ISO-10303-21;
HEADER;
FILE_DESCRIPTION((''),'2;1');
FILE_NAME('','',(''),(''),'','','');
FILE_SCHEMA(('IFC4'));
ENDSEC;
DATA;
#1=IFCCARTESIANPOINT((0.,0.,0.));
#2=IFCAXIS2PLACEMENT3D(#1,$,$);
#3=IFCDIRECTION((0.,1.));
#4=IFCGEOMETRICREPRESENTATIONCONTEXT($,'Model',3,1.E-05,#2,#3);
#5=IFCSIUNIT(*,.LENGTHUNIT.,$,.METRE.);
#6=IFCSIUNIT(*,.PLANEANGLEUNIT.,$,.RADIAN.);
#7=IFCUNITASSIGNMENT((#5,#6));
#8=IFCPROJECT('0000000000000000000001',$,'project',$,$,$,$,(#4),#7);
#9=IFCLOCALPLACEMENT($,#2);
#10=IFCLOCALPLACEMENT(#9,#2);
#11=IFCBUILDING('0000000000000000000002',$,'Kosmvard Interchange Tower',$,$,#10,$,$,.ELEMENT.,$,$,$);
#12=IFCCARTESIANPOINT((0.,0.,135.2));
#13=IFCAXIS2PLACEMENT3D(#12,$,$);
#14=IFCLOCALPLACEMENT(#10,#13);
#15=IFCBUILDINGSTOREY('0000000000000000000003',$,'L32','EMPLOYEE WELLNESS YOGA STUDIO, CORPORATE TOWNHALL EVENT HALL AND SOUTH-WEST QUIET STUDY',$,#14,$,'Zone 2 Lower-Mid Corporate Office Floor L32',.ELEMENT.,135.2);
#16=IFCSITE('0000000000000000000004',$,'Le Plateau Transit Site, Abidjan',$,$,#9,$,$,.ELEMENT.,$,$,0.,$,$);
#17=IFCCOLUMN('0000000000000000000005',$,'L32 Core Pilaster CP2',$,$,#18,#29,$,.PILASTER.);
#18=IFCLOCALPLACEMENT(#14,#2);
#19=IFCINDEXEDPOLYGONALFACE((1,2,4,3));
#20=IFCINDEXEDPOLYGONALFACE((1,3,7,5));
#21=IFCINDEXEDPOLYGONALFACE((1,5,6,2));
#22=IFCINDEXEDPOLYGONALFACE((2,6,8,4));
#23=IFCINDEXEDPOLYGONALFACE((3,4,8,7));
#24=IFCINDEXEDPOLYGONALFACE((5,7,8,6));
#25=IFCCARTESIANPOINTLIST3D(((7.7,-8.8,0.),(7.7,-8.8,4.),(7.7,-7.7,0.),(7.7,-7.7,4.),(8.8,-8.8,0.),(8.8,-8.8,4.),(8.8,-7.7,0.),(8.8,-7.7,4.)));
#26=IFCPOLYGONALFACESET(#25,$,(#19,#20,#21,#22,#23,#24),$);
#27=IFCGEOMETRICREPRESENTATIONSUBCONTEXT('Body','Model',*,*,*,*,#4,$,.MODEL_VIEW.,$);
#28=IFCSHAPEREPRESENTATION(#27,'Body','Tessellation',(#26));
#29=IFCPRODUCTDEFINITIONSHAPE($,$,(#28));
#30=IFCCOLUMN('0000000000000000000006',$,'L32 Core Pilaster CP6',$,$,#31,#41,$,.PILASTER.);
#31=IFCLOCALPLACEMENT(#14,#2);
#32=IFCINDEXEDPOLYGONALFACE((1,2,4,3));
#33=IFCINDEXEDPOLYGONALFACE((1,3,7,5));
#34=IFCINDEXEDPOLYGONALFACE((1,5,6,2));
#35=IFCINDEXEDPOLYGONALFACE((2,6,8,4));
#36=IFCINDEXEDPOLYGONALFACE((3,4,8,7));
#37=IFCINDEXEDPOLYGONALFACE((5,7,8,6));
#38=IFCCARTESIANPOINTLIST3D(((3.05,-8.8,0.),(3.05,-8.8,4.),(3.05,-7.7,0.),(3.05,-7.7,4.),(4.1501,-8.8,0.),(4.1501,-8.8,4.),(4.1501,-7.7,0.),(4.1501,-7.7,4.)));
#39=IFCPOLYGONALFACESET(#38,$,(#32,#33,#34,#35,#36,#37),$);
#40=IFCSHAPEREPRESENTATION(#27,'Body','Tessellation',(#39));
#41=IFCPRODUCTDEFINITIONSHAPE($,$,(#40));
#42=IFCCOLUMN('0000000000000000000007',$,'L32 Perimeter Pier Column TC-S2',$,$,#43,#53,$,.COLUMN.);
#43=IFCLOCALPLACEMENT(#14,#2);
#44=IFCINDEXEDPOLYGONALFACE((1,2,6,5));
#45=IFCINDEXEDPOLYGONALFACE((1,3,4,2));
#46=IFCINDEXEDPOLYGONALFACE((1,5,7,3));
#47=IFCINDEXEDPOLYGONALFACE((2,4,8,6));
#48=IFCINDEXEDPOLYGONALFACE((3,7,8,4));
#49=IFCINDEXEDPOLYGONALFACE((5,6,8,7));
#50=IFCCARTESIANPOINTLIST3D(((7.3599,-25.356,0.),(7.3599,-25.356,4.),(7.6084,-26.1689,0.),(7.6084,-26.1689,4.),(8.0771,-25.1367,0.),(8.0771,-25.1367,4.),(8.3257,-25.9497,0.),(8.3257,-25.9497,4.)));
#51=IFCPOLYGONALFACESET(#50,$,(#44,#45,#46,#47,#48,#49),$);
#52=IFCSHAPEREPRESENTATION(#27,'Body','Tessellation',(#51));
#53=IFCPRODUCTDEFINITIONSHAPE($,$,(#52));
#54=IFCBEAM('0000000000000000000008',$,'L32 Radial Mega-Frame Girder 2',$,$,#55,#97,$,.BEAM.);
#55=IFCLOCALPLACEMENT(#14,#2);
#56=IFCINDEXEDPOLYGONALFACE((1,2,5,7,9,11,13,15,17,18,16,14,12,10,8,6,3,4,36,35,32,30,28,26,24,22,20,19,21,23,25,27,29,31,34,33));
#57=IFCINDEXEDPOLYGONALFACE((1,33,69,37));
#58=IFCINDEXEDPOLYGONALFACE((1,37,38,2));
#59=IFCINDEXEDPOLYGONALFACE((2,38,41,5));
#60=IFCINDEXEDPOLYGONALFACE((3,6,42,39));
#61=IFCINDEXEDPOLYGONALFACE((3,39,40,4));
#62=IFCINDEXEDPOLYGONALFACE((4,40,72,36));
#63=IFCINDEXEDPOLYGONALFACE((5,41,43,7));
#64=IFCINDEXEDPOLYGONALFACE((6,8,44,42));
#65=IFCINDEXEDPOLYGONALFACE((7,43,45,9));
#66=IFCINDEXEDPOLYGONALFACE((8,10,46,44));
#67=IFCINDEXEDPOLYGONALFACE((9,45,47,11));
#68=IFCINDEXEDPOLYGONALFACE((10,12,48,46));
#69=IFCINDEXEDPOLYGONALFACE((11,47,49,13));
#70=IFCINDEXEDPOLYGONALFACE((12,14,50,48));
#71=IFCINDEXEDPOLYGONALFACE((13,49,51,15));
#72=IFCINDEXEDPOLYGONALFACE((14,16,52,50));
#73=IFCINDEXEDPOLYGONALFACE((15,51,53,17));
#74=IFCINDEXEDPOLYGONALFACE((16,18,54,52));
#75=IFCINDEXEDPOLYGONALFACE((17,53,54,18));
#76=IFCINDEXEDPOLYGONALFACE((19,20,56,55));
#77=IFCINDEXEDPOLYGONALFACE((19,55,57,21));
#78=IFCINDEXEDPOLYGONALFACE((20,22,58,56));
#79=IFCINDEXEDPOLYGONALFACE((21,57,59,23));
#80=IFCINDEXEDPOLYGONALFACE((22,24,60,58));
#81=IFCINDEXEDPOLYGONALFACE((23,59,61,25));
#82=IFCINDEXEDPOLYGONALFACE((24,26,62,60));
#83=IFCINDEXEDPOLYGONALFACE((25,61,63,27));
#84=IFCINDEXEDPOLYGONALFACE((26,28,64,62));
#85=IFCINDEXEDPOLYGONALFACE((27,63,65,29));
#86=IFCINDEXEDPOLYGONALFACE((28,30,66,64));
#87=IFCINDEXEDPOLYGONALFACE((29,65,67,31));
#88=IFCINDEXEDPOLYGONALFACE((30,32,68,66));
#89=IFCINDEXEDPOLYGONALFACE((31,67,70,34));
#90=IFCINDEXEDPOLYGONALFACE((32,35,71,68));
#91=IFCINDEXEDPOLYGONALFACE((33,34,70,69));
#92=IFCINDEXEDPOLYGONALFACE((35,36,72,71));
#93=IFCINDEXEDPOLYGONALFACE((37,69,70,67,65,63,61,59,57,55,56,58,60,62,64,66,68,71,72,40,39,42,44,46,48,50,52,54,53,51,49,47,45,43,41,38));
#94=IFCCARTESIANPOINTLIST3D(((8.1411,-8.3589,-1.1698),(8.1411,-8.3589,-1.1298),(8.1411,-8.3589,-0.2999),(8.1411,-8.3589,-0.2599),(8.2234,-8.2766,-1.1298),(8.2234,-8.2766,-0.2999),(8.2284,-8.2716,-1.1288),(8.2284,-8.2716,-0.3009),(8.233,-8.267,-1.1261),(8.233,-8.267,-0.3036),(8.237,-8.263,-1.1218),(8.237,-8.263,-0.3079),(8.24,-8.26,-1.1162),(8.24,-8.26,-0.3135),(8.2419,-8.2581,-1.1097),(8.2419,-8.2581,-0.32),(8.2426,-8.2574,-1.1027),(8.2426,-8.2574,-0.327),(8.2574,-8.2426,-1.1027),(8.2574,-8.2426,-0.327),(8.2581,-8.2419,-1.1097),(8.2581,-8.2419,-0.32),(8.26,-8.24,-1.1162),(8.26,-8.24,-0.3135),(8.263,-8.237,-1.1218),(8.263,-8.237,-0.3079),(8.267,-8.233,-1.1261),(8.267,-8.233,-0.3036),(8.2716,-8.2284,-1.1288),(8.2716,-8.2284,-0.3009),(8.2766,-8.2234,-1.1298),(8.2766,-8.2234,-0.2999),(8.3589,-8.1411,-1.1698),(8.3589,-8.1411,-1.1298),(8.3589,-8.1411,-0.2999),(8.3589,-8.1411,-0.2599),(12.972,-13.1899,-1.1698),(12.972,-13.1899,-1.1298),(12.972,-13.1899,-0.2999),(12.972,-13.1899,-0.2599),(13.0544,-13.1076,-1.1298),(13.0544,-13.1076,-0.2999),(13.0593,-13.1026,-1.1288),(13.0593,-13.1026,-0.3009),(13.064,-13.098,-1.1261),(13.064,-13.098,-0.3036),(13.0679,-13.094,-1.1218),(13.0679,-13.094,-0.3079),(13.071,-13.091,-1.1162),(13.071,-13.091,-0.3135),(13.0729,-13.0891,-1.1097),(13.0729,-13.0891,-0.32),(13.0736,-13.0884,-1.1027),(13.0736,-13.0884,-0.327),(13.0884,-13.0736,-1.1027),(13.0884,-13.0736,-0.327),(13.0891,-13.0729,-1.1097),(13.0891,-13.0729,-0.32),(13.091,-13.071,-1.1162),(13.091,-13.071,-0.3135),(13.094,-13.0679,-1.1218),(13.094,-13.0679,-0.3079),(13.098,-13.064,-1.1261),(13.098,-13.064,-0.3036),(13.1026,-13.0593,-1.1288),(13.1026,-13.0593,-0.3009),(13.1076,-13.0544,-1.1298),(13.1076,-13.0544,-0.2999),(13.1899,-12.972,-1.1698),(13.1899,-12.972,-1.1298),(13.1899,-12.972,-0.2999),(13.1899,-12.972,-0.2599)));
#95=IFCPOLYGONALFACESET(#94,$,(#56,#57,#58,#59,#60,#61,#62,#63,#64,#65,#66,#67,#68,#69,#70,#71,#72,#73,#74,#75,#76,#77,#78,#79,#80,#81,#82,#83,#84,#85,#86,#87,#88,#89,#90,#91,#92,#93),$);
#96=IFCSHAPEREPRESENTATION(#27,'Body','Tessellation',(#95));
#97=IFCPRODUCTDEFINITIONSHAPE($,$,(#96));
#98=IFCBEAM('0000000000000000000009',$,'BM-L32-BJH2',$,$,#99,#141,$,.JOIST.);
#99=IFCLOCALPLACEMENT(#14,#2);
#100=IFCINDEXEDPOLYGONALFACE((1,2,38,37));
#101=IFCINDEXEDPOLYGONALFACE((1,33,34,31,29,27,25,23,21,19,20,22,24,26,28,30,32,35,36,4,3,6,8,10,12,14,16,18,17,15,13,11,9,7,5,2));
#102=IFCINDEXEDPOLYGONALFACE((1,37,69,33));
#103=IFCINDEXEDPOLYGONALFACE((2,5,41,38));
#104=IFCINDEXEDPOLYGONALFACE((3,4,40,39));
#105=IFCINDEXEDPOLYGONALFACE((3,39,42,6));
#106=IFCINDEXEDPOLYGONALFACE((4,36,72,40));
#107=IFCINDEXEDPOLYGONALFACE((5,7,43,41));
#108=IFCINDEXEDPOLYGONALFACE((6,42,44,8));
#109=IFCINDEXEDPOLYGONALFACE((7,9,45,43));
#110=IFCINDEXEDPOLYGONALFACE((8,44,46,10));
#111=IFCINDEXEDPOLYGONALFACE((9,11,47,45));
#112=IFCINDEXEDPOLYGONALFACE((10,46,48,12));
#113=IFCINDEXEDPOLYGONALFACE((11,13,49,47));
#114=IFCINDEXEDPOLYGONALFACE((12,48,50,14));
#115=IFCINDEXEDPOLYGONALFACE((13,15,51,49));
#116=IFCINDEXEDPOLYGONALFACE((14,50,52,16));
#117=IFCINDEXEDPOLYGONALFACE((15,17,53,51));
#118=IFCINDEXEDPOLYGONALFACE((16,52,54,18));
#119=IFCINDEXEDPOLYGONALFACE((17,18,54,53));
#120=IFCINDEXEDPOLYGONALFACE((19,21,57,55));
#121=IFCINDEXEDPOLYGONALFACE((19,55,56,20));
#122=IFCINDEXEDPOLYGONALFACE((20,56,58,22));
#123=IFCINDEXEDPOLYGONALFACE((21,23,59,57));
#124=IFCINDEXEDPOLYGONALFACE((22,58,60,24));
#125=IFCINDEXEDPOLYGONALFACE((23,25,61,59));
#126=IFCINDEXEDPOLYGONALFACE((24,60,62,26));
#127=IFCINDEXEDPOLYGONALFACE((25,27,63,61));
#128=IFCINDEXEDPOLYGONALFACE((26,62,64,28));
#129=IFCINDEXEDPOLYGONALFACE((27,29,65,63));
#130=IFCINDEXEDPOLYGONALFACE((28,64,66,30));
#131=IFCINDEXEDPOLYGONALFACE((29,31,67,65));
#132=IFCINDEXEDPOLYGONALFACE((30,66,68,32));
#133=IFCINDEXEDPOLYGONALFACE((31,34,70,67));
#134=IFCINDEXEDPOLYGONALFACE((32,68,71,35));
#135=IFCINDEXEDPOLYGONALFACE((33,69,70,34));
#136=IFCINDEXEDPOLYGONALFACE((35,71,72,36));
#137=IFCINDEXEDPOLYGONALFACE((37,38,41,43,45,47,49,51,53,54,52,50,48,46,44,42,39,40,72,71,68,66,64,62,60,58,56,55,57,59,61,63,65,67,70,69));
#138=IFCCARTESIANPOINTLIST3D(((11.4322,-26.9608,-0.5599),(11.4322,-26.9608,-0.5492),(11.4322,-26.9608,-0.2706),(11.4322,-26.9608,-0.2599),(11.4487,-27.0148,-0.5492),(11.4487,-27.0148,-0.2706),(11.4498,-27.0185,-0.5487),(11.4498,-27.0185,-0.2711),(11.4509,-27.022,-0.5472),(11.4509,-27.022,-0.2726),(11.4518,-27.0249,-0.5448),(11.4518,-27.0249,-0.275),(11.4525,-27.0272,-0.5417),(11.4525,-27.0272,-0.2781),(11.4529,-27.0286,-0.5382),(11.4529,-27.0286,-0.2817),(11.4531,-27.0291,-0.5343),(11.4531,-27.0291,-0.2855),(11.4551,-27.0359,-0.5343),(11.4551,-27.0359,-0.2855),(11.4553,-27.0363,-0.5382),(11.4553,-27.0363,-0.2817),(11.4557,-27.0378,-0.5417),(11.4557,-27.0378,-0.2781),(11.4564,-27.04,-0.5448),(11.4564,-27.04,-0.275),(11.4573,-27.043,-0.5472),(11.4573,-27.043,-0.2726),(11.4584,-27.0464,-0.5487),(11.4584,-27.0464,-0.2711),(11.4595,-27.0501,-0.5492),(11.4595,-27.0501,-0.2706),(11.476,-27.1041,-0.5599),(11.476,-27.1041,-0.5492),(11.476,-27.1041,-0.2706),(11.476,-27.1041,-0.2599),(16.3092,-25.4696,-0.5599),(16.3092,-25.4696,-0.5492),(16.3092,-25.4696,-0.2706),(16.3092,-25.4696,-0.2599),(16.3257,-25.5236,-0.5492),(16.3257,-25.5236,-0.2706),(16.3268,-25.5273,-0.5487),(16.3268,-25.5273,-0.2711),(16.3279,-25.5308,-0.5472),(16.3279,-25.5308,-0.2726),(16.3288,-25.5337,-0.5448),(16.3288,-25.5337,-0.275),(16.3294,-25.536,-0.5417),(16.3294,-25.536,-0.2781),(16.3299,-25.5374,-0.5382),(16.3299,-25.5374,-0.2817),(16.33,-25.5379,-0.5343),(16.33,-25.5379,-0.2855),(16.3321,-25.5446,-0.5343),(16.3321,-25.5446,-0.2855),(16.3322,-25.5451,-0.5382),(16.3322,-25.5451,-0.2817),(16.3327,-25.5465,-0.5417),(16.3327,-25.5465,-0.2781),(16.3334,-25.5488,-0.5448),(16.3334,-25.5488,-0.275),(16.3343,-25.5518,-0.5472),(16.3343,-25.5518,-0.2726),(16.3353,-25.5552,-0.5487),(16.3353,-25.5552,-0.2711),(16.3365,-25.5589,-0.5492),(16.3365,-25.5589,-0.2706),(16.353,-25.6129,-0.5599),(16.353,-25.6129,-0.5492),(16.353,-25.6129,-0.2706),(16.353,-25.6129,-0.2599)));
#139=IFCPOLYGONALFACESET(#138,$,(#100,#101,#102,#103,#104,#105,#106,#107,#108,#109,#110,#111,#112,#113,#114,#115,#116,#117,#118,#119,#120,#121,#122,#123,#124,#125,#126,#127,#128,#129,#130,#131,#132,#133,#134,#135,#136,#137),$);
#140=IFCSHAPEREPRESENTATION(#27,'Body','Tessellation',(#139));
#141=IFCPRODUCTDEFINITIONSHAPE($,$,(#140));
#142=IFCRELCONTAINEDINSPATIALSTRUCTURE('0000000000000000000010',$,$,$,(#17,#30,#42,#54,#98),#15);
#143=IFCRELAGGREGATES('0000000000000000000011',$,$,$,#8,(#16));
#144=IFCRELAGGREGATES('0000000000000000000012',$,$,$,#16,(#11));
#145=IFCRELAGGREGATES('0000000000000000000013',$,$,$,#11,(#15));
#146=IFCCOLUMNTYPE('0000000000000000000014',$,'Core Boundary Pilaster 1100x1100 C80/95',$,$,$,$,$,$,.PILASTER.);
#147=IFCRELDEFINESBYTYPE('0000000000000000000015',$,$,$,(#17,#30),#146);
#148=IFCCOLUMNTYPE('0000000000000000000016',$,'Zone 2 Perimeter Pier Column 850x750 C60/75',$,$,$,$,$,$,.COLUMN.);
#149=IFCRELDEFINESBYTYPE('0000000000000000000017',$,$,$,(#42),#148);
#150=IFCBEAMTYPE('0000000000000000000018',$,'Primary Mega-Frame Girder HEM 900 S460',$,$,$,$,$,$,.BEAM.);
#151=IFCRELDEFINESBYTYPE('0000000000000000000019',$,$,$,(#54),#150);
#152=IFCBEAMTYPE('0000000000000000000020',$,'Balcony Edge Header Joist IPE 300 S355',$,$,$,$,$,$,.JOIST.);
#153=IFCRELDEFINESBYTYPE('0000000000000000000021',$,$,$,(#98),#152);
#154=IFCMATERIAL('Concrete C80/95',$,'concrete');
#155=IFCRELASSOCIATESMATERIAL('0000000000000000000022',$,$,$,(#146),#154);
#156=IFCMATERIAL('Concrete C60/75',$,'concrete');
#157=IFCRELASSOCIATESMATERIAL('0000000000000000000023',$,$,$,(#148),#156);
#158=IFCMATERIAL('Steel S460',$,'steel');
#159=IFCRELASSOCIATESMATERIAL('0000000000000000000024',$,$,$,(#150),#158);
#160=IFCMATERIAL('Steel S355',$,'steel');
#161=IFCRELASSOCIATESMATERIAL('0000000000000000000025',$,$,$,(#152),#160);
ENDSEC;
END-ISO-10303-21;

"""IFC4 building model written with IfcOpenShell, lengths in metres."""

from ifc_helpers import new_model, si_unit, direction, frame, origin, origin_2d, place, context, subcontext, project, spatial, rectangle, i_section, extrude, source, transform, mapped, material, material_profile, profile_set, type_object, element, save


model = new_model("IFC4")

# Units and contexts
model_context = context("Model", 3, precision=1e-05, world=origin(), true_north=direction((0.0, 1.0)))
body_context = subcontext(model_context, "Body", "Model", "MODEL_VIEW")
ifc_project = project(units=[si_unit("LENGTHUNIT", "METRE"), si_unit("PLANEANGLEUNIT", "RADIAN")], contexts=[model_context])

# Site, building, storey
site_placement = place(None, origin())
site = spatial("IfcSite", under=ifc_project, at=site_placement, Name="Le Plateau Transit Site, Abidjan", CompositionType="ELEMENT", RefElevation=0.0)
building_placement = place(site_placement, origin())
building = spatial("IfcBuilding", under=site, at=building_placement, Name="Kosmvard Interchange Tower", CompositionType="ELEMENT")
storey_placement = place(building_placement, frame((0.0, 0.0, 135.2)))
storey = spatial("IfcBuildingStorey", under=building, at=storey_placement, Name="L32", Description="EMPLOYEE WELLNESS YOGA STUDIO, CORPORATE TOWNHALL EVENT HALL AND SOUTH-WEST QUIET STUDY", LongName="Zone 2 Lower-Mid Corporate Office Floor L32", CompositionType="ELEMENT", Elevation=135.2)

# Columns
ifc_material_1 = material(Name="Concrete C80/95", Category="concrete")
ifc_material_profile_1 = material_profile(ifc_material_1, rectangle(XDim=1.1001, YDim=1.1001, at=origin_2d()), Name="CP 1100x1100")
ifc_profile_set_1 = profile_set([ifc_material_profile_1], Name="Concrete C80/95")
column_type_1 = type_object("IfcColumnType", Name="Core Boundary Pilaster 1100x1100 C80/95", PredefinedType="PILASTER", material=ifc_profile_set_1)
shared_shape_1 = source(origin(), body_context, "Body", "SweptSolid", [
    extrude(rectangle(XDim=1.1001, YDim=1.1001, at=origin_2d()), origin(), (0.0, 0.0, 1.0), 4.0),
])
for number, where, z_axis, x_axis, name in (
    (1, (8.25, -8.25, 0.0), (0.0, 0.0, 1.0), (1.0, 0.0, 0.0), "L32 Core Pilaster CP2"),
    (2, (3.6001, -8.25, 0.0), (0.0, 0.0, 1.0), (1.0, 0.0, 0.0), "L32 Core Pilaster CP6"),
):
    element("IfcColumn", number, at=place(storey_placement, frame(where, z_axis=z_axis, x_axis=x_axis)), inside=storey, type_object=column_type_1, Name=name, PredefinedType="PILASTER", context=body_context, shape_type="MappedRepresentation", body=[
        mapped(shared_shape_1, transform((0.0, 0.0, 0.0), scale=1.0)),
    ])
ifc_material_2 = material(Name="Concrete C60/75", Category="concrete")
ifc_material_profile_2 = material_profile(ifc_material_2, rectangle(XDim=0.75, YDim=0.8501, at=origin_2d()), Name="TC 850x750")
ifc_profile_set_2 = profile_set([ifc_material_profile_2], Name="Concrete C60/75")
column_type_2 = type_object("IfcColumnType", Name="Zone 2 Perimeter Pier Column 850x750 C60/75", PredefinedType="COLUMN", material=ifc_profile_set_2)
shared_shape_2 = source(origin(), body_context, "Body", "SweptSolid", [
    extrude(rectangle(XDim=0.75, YDim=0.8501, at=origin_2d()), origin(), (0.0, 0.0, 1.0), 4.0),
])
column_placement = place(storey_placement, frame((7.8428, -25.6528, 0.0), z_axis=(0.0, 0.0, 1.0), x_axis=(0.956305, 0.292372, 0.0)))
element("IfcColumn", 3, at=column_placement, inside=storey, type_object=column_type_2, Name="L32 Perimeter Pier Column TC-S2", PredefinedType="COLUMN", context=body_context, shape_type="MappedRepresentation", body=[
    mapped(shared_shape_2, transform((0.0, 0.0, 0.0), scale=1.0)),
])

# Beams
ifc_material_3 = material(Name="Steel S460", Category="steel")
ifc_material_profile_3 = material_profile(ifc_material_3, i_section(OverallWidth=0.3081, OverallDepth=0.9099, WebThickness=0.021, FlangeThickness=0.04, FilletRadius=0.0271, at=origin_2d()), Name="HEM 900")
ifc_profile_set_3 = profile_set([ifc_material_profile_3], Name="Steel S460")
beam_type_1 = type_object("IfcBeamType", Name="Primary Mega-Frame Girder HEM 900 S460", PredefinedType="BEAM", material=ifc_profile_set_3)
shared_shape_3 = source(origin(), body_context, "Body", "SweptSolid", [
    extrude(i_section(OverallWidth=0.3081, OverallDepth=0.9099, WebThickness=0.021, FlangeThickness=0.04, FilletRadius=0.0271, at=origin_2d()), origin(), (0.0, 0.0, 1.0), 6.832),
])
beam_1_placement = place(storey_placement, frame((8.25, -8.25, -0.7148), z_axis=(0.707107, -0.707107, 0.0), x_axis=(0.707107, 0.707107, 0.0)))
element("IfcBeam", 4, at=beam_1_placement, inside=storey, type_object=beam_type_1, Name="L32 Radial Mega-Frame Girder 2", PredefinedType="BEAM", context=body_context, shape_type="MappedRepresentation", body=[
    mapped(shared_shape_3, transform((0.0, 0.0, 0.0), scale=1.0)),
])
ifc_material_4 = material(Name="Steel S355", Category="steel")
ifc_material_profile_4 = material_profile(ifc_material_4, i_section(OverallWidth=0.1499, OverallDepth=0.3, WebThickness=0.0071, FlangeThickness=0.0107, FilletRadius=0.0149, at=origin_2d()), Name="IPE 300")
ifc_profile_set_4 = profile_set([ifc_material_profile_4], Name="Steel S355")
beam_type_2 = type_object("IfcBeamType", Name="Balcony Edge Header Joist IPE 300 S355", PredefinedType="JOIST", material=ifc_profile_set_4)
shared_shape_4 = source(origin(), body_context, "Body", "SweptSolid", [
    extrude(i_section(OverallWidth=0.1499, OverallDepth=0.3, WebThickness=0.0071, FlangeThickness=0.0107, FilletRadius=0.0149, at=origin_2d()), origin(), (0.0, 0.0, 1.0), 5.0999),
])
beam_2_placement = place(storey_placement, frame((11.4541, -27.0325, -0.4099), z_axis=(0.956295, 0.292403, 0.0), x_axis=(-0.292403, 0.956295, 0.0)))
element("IfcBeam", 5, at=beam_2_placement, inside=storey, type_object=beam_type_2, Name="BM-L32-BJH2", PredefinedType="JOIST", context=body_context, shape_type="MappedRepresentation", body=[
    mapped(shared_shape_4, transform((0.0, 0.0, 0.0), scale=1.0)),
])

save(model, "model.ifc")
